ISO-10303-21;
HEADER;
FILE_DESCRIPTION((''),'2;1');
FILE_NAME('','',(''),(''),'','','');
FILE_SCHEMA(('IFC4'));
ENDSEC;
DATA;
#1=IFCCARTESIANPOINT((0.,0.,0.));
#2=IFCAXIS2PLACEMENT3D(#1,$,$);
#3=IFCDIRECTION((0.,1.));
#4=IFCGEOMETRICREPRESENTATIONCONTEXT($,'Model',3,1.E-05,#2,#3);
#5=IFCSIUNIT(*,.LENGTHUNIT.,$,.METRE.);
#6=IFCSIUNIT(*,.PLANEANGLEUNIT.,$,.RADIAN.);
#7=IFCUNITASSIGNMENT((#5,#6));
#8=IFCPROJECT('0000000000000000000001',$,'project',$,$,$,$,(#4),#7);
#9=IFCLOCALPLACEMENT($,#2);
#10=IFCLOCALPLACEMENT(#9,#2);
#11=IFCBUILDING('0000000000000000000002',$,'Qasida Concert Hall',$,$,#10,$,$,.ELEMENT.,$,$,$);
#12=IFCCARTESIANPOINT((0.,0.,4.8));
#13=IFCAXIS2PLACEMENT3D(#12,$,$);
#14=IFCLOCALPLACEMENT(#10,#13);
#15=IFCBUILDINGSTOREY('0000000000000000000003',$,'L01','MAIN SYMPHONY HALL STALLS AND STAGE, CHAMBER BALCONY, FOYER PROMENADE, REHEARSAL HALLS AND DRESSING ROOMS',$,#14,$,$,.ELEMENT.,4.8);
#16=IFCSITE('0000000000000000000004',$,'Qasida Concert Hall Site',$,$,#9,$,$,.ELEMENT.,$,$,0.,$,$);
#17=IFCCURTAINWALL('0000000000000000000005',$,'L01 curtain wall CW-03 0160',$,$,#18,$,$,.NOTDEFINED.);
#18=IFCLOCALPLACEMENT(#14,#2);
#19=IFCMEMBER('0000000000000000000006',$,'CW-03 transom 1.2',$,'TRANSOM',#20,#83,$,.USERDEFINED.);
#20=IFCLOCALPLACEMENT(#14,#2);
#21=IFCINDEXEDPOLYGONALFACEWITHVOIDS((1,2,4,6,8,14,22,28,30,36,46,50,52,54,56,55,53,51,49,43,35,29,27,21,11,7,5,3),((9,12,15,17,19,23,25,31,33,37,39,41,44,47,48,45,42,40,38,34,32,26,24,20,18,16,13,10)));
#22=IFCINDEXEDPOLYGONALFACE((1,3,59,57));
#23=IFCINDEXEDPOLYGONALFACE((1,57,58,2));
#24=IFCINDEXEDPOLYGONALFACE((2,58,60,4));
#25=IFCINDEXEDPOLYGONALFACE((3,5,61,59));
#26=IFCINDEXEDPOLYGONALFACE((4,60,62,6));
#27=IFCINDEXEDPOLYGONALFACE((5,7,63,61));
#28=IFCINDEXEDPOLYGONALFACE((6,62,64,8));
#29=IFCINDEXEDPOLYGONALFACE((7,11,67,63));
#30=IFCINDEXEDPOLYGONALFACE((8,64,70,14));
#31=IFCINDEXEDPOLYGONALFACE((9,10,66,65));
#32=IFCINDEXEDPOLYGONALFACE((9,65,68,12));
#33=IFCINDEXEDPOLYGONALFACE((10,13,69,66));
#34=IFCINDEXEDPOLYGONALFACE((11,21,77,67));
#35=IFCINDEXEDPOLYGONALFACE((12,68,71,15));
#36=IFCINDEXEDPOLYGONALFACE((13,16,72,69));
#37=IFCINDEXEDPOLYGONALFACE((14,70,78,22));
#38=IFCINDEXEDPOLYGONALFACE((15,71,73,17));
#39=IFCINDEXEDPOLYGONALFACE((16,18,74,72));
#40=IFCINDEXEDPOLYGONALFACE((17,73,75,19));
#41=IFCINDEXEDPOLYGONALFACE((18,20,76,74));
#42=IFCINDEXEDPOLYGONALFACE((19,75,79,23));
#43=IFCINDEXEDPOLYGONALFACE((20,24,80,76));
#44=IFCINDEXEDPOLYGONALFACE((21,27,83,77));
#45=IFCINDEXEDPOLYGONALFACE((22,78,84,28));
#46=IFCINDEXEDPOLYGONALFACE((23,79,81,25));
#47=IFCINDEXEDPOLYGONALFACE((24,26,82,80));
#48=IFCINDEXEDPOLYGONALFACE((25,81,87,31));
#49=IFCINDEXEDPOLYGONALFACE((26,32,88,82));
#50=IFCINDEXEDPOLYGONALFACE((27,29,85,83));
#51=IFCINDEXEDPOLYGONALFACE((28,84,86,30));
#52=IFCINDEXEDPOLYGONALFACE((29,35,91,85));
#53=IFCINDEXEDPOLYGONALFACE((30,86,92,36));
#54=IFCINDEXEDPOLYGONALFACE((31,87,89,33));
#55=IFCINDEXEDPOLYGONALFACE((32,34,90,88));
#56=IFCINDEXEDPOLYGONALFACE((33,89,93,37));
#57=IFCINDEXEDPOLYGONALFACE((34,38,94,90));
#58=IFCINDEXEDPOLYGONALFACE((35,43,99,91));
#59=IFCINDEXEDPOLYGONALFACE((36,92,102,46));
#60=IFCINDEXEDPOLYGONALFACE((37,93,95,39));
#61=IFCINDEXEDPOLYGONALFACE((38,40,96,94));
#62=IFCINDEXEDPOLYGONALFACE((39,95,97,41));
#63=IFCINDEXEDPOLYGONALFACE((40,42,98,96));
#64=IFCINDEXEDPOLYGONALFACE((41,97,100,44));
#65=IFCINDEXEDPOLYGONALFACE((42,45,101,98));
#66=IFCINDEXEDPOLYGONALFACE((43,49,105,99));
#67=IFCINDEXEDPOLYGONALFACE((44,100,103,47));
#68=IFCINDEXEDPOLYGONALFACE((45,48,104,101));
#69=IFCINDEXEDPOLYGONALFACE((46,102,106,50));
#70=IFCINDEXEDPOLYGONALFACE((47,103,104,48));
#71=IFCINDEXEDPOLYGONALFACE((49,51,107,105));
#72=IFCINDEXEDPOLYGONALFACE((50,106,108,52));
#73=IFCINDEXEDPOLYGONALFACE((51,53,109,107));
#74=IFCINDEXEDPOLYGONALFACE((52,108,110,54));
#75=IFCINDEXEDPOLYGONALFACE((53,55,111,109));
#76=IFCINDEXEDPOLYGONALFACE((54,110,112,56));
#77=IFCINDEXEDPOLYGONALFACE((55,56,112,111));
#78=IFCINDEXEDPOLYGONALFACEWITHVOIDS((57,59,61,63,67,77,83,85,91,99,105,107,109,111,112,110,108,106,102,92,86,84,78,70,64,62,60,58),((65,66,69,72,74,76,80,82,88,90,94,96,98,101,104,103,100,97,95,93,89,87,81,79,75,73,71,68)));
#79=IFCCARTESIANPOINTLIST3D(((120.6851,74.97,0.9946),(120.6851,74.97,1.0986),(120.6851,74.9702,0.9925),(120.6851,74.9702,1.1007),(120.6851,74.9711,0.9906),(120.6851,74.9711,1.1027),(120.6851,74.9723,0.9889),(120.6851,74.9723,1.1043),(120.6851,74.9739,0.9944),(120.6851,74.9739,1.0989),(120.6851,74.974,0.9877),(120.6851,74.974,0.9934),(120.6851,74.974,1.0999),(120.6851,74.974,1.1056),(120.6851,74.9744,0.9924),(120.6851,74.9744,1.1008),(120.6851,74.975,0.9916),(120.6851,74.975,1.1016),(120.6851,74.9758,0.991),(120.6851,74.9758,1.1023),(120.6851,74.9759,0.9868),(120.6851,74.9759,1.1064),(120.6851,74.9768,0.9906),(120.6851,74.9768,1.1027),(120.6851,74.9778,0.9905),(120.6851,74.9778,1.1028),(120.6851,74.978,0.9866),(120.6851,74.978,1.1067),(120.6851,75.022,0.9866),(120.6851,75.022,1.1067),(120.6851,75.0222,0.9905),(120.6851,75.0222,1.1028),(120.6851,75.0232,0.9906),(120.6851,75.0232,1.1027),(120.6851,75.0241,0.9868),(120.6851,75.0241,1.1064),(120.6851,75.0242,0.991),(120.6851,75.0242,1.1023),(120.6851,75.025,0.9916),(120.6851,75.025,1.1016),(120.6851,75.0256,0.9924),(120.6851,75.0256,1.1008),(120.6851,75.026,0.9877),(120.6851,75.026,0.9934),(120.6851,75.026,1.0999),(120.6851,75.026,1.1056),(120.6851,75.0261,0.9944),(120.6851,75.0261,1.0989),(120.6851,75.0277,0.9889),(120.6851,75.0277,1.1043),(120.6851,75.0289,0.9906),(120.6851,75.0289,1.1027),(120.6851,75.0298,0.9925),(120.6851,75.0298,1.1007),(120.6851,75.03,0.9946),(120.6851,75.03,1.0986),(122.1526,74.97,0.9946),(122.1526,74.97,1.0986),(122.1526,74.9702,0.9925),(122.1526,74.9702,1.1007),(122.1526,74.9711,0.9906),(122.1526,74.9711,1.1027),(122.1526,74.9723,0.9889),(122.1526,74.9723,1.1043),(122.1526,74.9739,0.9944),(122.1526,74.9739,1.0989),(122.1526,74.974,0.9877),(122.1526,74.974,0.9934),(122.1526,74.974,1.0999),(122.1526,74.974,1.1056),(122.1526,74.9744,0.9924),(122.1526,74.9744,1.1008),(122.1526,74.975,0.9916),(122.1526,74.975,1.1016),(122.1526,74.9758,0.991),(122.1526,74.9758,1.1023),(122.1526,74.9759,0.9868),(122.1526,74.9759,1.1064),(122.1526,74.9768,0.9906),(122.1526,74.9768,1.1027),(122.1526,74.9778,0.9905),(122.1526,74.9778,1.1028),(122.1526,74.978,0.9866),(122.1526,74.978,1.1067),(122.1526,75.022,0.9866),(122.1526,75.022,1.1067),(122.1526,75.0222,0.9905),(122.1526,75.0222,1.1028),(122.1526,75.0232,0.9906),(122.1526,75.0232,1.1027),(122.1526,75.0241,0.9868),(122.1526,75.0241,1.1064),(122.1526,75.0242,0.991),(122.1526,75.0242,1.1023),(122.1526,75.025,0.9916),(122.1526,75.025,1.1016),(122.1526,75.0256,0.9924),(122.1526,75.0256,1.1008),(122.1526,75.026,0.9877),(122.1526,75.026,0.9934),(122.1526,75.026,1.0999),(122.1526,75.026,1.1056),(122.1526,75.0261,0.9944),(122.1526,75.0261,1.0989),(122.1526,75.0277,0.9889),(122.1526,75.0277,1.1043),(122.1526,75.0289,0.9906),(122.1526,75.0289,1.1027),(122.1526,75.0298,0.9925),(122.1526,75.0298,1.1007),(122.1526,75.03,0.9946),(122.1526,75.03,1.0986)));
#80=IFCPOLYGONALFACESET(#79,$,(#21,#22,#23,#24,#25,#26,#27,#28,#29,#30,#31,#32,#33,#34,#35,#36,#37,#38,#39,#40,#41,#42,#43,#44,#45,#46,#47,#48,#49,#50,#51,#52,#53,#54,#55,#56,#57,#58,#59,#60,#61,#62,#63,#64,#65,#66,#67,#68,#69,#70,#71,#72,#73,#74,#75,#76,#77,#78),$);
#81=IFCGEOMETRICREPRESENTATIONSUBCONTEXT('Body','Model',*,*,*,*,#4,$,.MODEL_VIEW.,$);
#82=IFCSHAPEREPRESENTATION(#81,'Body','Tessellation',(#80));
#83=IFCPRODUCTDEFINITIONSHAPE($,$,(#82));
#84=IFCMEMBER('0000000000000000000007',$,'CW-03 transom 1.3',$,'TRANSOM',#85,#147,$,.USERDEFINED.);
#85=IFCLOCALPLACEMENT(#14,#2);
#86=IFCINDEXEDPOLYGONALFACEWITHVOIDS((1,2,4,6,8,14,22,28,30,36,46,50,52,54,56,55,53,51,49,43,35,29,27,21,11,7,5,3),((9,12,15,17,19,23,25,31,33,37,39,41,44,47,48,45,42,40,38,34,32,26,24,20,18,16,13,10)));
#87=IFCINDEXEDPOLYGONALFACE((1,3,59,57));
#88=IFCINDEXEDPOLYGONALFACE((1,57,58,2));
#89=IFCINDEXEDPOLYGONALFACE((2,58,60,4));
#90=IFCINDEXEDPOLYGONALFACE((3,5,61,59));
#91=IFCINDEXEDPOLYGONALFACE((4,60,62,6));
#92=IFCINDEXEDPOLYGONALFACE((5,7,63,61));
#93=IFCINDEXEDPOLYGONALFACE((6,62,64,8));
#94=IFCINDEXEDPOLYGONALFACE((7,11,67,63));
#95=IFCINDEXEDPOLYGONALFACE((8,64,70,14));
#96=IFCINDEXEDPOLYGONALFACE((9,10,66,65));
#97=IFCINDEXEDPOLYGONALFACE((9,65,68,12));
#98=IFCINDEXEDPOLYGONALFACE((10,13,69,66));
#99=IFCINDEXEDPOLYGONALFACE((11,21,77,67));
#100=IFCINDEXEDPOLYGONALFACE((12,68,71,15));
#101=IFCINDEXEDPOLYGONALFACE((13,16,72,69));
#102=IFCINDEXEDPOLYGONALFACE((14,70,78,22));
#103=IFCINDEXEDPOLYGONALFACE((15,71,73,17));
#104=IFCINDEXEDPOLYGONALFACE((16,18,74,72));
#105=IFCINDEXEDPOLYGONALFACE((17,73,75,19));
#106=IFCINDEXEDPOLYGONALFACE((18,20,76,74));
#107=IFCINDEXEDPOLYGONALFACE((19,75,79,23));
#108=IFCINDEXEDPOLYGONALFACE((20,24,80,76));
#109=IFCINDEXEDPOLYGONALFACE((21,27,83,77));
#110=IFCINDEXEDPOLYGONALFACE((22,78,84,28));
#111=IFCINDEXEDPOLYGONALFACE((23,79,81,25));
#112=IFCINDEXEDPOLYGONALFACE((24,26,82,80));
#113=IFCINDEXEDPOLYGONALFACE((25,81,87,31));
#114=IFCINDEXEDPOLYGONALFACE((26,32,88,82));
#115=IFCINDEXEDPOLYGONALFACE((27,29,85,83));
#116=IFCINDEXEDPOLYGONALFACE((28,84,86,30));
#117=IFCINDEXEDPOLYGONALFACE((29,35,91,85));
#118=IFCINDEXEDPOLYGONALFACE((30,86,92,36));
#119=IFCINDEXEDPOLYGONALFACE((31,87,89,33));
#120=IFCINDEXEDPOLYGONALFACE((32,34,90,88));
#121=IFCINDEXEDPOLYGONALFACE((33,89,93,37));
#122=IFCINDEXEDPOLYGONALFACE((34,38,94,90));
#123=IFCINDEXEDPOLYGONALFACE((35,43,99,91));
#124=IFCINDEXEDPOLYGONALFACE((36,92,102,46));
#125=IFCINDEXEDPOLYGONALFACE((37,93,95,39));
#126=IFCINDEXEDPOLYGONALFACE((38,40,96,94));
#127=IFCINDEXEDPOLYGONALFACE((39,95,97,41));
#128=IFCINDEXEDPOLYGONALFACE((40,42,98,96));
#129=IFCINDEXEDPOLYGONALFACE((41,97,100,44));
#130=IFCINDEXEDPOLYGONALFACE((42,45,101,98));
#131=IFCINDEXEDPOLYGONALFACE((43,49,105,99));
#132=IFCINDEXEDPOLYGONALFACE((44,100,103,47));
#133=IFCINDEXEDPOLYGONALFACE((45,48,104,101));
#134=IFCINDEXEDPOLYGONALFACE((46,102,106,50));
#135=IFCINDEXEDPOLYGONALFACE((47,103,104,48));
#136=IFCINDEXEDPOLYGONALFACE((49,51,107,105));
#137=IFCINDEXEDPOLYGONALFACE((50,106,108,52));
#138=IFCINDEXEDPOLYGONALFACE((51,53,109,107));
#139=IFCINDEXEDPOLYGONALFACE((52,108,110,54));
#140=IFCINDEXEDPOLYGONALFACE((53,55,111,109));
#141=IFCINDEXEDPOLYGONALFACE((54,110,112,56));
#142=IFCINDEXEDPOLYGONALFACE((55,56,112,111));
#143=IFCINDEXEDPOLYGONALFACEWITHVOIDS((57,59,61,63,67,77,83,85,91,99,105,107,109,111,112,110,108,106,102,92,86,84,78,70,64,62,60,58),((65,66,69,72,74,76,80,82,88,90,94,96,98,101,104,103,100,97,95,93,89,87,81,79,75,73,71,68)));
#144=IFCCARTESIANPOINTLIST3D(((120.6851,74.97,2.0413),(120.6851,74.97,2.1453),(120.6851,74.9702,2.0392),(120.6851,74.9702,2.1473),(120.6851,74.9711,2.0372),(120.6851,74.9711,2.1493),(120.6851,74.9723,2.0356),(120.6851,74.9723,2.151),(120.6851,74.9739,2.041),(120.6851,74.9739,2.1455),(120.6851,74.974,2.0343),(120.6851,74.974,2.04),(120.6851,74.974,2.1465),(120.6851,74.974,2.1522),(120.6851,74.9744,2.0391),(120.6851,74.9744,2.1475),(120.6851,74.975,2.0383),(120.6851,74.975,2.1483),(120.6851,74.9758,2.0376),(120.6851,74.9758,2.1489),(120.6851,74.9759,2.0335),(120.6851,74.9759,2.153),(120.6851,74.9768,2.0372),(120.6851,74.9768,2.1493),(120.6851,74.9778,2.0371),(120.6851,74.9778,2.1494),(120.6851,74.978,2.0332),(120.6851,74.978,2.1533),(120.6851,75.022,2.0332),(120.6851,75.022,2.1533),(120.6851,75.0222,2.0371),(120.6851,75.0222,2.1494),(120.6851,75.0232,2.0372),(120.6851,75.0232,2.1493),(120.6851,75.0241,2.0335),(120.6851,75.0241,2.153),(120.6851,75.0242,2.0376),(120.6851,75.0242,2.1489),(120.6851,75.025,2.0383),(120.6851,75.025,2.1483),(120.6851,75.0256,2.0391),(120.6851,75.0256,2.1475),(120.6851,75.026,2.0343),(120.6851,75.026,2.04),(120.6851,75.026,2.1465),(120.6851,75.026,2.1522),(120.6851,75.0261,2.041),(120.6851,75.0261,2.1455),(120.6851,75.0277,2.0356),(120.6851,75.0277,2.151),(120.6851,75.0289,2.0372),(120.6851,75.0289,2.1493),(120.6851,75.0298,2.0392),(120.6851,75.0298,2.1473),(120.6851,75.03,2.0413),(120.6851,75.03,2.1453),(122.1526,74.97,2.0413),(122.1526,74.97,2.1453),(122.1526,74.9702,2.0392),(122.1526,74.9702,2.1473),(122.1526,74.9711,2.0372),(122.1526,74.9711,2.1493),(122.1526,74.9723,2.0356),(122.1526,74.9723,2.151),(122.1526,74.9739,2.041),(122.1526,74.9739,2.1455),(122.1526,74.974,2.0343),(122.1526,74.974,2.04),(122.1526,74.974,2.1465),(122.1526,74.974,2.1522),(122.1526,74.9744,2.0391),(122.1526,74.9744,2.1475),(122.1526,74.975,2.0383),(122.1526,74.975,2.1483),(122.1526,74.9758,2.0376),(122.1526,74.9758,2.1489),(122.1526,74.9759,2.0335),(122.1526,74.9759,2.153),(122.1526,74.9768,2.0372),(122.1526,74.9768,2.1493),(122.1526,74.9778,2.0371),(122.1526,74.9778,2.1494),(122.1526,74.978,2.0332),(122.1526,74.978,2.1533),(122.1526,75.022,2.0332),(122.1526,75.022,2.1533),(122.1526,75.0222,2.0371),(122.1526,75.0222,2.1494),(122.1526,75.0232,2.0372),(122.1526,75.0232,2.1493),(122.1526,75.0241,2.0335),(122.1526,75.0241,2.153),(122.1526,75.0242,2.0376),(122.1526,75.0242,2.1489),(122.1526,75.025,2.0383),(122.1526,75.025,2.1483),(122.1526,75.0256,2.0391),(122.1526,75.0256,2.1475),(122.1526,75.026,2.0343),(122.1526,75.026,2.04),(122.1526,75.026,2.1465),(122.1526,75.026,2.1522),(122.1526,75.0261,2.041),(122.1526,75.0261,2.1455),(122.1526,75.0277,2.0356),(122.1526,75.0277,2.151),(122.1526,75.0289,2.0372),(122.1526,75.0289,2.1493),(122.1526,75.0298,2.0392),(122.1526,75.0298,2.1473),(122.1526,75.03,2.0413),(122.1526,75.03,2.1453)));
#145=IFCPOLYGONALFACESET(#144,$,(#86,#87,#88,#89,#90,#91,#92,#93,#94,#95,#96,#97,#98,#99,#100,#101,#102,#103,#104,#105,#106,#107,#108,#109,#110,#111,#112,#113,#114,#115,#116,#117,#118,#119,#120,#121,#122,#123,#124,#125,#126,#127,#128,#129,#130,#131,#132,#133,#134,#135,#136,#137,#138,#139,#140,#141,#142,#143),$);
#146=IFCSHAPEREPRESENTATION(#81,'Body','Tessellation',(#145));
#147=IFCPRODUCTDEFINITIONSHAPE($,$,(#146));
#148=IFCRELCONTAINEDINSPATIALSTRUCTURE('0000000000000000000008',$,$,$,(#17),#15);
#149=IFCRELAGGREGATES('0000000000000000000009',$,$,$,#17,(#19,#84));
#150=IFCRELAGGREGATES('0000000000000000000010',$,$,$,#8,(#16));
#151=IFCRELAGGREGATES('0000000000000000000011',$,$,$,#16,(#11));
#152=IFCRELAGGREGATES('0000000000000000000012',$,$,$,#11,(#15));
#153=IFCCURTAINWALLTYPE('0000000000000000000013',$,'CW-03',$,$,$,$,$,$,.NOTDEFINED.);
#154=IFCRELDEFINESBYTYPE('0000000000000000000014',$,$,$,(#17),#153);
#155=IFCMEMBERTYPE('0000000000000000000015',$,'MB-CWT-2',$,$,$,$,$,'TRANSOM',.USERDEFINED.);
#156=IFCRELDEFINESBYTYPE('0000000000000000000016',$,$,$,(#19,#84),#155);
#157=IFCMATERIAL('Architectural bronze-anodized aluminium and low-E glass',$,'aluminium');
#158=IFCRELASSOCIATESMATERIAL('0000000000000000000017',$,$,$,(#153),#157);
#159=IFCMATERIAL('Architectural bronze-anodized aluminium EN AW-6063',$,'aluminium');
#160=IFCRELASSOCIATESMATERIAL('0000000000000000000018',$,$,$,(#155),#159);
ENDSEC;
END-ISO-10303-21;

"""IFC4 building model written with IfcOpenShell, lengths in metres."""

from ifc_helpers import new_model, si_unit, direction, frame, origin, origin_2d, place, context, subcontext, project, spatial, hollow_rectangle, extrude, material, material_profile, profile_set, type_object, element, aggregate, save


model = new_model("IFC4")

# Units and contexts
model_context = context("Model", 3, precision=1e-05, world=origin(), true_north=direction((0.0, 1.0)))
body_context = subcontext(model_context, "Body", "Model", "MODEL_VIEW")
ifc_project = project(units=[si_unit("LENGTHUNIT", "METRE"), si_unit("PLANEANGLEUNIT", "RADIAN")], contexts=[model_context])

# Site, building, storey
site_placement = place(None, origin())
site = spatial("IfcSite", under=ifc_project, at=site_placement, Name="Qasida Concert Hall Site", CompositionType="ELEMENT", RefElevation=0.0)
building_placement = place(site_placement, origin())
building = spatial("IfcBuilding", under=site, at=building_placement, Name="Qasida Concert Hall", CompositionType="ELEMENT")
storey_placement = place(building_placement, frame((0.0, 0.0, 4.8)))
storey = spatial("IfcBuildingStorey", under=building, at=storey_placement, Name="L01", Description="MAIN SYMPHONY HALL STALLS AND STAGE, CHAMBER BALCONY, FOYER PROMENADE, REHEARSAL HALLS AND DRESSING ROOMS", CompositionType="ELEMENT", Elevation=4.8)

# Curtain wall
ifc_material_1 = material(Name="Architectural bronze-anodized aluminium and low-E glass", Category="aluminium")
curtain_wall_type_1 = type_object("IfcCurtainWallType", Name="CW-03", PredefinedType="NOTDEFINED", material=ifc_material_1)
curtain_wall_1_placement = place(storey_placement, origin())
curtain_wall_1 = element("IfcCurtainWall", 1, at=curtain_wall_1_placement, inside=storey, type_object=curtain_wall_type_1, Name="L01 curtain wall CW-03 0160", PredefinedType="NOTDEFINED")
ifc_material_2 = material(Name="Architectural bronze-anodized aluminium EN AW-6063", Category="aluminium")

# Members
ifc_material_profile_1 = material_profile(ifc_material_2, hollow_rectangle(XDim=0.0601, YDim=0.1201, WallThickness=0.0039, InnerFilletRadius=0.0039, OuterFilletRadius=0.0081, at=origin_2d()), Name="CWT 120x60x4")
ifc_profile_set_1 = profile_set([ifc_material_profile_1], Name="Architectural bronze-anodized aluminium EN AW-6063")
member_type_1 = type_object("IfcMemberType", Name="MB-CWT-2", ElementType="TRANSOM", PredefinedType="USERDEFINED", material=ifc_profile_set_1)
member_1_placement = place(storey_placement, frame((120.6851, 75.0, 1.0466), z_axis=(1.0, 0.0, 0.0), x_axis=(0.0, 1.0, 0.0)))
member_1 = element("IfcMember", 2, at=member_1_placement, type_object=member_type_1, Name="CW-03 transom 1.2", ObjectType="TRANSOM", PredefinedType="USERDEFINED", context=body_context, shape_type="SweptSolid", body=[
    extrude(hollow_rectangle(XDim=0.0601, YDim=0.1201, WallThickness=0.0039, InnerFilletRadius=0.0039, OuterFilletRadius=0.0081, at=origin_2d()), origin(), (0.0, 0.0, 1.0), 1.4675),
])
member_2_placement = place(storey_placement, frame((120.6851, 75.0, 2.0933), z_axis=(1.0, 0.0, 0.0), x_axis=(0.0, 1.0, 0.0)))
member_2 = element("IfcMember", 3, at=member_2_placement, type_object=member_type_1, Name="CW-03 transom 1.3", ObjectType="TRANSOM", PredefinedType="USERDEFINED", context=body_context, shape_type="SweptSolid", body=[
    extrude(hollow_rectangle(XDim=0.0601, YDim=0.1201, WallThickness=0.0039, InnerFilletRadius=0.0039, OuterFilletRadius=0.0081, at=origin_2d()), origin(), (0.0, 0.0, 1.0), 1.4675),
])
aggregate(curtain_wall_1, [member_1, member_2])

save(model, "model.ifc")
